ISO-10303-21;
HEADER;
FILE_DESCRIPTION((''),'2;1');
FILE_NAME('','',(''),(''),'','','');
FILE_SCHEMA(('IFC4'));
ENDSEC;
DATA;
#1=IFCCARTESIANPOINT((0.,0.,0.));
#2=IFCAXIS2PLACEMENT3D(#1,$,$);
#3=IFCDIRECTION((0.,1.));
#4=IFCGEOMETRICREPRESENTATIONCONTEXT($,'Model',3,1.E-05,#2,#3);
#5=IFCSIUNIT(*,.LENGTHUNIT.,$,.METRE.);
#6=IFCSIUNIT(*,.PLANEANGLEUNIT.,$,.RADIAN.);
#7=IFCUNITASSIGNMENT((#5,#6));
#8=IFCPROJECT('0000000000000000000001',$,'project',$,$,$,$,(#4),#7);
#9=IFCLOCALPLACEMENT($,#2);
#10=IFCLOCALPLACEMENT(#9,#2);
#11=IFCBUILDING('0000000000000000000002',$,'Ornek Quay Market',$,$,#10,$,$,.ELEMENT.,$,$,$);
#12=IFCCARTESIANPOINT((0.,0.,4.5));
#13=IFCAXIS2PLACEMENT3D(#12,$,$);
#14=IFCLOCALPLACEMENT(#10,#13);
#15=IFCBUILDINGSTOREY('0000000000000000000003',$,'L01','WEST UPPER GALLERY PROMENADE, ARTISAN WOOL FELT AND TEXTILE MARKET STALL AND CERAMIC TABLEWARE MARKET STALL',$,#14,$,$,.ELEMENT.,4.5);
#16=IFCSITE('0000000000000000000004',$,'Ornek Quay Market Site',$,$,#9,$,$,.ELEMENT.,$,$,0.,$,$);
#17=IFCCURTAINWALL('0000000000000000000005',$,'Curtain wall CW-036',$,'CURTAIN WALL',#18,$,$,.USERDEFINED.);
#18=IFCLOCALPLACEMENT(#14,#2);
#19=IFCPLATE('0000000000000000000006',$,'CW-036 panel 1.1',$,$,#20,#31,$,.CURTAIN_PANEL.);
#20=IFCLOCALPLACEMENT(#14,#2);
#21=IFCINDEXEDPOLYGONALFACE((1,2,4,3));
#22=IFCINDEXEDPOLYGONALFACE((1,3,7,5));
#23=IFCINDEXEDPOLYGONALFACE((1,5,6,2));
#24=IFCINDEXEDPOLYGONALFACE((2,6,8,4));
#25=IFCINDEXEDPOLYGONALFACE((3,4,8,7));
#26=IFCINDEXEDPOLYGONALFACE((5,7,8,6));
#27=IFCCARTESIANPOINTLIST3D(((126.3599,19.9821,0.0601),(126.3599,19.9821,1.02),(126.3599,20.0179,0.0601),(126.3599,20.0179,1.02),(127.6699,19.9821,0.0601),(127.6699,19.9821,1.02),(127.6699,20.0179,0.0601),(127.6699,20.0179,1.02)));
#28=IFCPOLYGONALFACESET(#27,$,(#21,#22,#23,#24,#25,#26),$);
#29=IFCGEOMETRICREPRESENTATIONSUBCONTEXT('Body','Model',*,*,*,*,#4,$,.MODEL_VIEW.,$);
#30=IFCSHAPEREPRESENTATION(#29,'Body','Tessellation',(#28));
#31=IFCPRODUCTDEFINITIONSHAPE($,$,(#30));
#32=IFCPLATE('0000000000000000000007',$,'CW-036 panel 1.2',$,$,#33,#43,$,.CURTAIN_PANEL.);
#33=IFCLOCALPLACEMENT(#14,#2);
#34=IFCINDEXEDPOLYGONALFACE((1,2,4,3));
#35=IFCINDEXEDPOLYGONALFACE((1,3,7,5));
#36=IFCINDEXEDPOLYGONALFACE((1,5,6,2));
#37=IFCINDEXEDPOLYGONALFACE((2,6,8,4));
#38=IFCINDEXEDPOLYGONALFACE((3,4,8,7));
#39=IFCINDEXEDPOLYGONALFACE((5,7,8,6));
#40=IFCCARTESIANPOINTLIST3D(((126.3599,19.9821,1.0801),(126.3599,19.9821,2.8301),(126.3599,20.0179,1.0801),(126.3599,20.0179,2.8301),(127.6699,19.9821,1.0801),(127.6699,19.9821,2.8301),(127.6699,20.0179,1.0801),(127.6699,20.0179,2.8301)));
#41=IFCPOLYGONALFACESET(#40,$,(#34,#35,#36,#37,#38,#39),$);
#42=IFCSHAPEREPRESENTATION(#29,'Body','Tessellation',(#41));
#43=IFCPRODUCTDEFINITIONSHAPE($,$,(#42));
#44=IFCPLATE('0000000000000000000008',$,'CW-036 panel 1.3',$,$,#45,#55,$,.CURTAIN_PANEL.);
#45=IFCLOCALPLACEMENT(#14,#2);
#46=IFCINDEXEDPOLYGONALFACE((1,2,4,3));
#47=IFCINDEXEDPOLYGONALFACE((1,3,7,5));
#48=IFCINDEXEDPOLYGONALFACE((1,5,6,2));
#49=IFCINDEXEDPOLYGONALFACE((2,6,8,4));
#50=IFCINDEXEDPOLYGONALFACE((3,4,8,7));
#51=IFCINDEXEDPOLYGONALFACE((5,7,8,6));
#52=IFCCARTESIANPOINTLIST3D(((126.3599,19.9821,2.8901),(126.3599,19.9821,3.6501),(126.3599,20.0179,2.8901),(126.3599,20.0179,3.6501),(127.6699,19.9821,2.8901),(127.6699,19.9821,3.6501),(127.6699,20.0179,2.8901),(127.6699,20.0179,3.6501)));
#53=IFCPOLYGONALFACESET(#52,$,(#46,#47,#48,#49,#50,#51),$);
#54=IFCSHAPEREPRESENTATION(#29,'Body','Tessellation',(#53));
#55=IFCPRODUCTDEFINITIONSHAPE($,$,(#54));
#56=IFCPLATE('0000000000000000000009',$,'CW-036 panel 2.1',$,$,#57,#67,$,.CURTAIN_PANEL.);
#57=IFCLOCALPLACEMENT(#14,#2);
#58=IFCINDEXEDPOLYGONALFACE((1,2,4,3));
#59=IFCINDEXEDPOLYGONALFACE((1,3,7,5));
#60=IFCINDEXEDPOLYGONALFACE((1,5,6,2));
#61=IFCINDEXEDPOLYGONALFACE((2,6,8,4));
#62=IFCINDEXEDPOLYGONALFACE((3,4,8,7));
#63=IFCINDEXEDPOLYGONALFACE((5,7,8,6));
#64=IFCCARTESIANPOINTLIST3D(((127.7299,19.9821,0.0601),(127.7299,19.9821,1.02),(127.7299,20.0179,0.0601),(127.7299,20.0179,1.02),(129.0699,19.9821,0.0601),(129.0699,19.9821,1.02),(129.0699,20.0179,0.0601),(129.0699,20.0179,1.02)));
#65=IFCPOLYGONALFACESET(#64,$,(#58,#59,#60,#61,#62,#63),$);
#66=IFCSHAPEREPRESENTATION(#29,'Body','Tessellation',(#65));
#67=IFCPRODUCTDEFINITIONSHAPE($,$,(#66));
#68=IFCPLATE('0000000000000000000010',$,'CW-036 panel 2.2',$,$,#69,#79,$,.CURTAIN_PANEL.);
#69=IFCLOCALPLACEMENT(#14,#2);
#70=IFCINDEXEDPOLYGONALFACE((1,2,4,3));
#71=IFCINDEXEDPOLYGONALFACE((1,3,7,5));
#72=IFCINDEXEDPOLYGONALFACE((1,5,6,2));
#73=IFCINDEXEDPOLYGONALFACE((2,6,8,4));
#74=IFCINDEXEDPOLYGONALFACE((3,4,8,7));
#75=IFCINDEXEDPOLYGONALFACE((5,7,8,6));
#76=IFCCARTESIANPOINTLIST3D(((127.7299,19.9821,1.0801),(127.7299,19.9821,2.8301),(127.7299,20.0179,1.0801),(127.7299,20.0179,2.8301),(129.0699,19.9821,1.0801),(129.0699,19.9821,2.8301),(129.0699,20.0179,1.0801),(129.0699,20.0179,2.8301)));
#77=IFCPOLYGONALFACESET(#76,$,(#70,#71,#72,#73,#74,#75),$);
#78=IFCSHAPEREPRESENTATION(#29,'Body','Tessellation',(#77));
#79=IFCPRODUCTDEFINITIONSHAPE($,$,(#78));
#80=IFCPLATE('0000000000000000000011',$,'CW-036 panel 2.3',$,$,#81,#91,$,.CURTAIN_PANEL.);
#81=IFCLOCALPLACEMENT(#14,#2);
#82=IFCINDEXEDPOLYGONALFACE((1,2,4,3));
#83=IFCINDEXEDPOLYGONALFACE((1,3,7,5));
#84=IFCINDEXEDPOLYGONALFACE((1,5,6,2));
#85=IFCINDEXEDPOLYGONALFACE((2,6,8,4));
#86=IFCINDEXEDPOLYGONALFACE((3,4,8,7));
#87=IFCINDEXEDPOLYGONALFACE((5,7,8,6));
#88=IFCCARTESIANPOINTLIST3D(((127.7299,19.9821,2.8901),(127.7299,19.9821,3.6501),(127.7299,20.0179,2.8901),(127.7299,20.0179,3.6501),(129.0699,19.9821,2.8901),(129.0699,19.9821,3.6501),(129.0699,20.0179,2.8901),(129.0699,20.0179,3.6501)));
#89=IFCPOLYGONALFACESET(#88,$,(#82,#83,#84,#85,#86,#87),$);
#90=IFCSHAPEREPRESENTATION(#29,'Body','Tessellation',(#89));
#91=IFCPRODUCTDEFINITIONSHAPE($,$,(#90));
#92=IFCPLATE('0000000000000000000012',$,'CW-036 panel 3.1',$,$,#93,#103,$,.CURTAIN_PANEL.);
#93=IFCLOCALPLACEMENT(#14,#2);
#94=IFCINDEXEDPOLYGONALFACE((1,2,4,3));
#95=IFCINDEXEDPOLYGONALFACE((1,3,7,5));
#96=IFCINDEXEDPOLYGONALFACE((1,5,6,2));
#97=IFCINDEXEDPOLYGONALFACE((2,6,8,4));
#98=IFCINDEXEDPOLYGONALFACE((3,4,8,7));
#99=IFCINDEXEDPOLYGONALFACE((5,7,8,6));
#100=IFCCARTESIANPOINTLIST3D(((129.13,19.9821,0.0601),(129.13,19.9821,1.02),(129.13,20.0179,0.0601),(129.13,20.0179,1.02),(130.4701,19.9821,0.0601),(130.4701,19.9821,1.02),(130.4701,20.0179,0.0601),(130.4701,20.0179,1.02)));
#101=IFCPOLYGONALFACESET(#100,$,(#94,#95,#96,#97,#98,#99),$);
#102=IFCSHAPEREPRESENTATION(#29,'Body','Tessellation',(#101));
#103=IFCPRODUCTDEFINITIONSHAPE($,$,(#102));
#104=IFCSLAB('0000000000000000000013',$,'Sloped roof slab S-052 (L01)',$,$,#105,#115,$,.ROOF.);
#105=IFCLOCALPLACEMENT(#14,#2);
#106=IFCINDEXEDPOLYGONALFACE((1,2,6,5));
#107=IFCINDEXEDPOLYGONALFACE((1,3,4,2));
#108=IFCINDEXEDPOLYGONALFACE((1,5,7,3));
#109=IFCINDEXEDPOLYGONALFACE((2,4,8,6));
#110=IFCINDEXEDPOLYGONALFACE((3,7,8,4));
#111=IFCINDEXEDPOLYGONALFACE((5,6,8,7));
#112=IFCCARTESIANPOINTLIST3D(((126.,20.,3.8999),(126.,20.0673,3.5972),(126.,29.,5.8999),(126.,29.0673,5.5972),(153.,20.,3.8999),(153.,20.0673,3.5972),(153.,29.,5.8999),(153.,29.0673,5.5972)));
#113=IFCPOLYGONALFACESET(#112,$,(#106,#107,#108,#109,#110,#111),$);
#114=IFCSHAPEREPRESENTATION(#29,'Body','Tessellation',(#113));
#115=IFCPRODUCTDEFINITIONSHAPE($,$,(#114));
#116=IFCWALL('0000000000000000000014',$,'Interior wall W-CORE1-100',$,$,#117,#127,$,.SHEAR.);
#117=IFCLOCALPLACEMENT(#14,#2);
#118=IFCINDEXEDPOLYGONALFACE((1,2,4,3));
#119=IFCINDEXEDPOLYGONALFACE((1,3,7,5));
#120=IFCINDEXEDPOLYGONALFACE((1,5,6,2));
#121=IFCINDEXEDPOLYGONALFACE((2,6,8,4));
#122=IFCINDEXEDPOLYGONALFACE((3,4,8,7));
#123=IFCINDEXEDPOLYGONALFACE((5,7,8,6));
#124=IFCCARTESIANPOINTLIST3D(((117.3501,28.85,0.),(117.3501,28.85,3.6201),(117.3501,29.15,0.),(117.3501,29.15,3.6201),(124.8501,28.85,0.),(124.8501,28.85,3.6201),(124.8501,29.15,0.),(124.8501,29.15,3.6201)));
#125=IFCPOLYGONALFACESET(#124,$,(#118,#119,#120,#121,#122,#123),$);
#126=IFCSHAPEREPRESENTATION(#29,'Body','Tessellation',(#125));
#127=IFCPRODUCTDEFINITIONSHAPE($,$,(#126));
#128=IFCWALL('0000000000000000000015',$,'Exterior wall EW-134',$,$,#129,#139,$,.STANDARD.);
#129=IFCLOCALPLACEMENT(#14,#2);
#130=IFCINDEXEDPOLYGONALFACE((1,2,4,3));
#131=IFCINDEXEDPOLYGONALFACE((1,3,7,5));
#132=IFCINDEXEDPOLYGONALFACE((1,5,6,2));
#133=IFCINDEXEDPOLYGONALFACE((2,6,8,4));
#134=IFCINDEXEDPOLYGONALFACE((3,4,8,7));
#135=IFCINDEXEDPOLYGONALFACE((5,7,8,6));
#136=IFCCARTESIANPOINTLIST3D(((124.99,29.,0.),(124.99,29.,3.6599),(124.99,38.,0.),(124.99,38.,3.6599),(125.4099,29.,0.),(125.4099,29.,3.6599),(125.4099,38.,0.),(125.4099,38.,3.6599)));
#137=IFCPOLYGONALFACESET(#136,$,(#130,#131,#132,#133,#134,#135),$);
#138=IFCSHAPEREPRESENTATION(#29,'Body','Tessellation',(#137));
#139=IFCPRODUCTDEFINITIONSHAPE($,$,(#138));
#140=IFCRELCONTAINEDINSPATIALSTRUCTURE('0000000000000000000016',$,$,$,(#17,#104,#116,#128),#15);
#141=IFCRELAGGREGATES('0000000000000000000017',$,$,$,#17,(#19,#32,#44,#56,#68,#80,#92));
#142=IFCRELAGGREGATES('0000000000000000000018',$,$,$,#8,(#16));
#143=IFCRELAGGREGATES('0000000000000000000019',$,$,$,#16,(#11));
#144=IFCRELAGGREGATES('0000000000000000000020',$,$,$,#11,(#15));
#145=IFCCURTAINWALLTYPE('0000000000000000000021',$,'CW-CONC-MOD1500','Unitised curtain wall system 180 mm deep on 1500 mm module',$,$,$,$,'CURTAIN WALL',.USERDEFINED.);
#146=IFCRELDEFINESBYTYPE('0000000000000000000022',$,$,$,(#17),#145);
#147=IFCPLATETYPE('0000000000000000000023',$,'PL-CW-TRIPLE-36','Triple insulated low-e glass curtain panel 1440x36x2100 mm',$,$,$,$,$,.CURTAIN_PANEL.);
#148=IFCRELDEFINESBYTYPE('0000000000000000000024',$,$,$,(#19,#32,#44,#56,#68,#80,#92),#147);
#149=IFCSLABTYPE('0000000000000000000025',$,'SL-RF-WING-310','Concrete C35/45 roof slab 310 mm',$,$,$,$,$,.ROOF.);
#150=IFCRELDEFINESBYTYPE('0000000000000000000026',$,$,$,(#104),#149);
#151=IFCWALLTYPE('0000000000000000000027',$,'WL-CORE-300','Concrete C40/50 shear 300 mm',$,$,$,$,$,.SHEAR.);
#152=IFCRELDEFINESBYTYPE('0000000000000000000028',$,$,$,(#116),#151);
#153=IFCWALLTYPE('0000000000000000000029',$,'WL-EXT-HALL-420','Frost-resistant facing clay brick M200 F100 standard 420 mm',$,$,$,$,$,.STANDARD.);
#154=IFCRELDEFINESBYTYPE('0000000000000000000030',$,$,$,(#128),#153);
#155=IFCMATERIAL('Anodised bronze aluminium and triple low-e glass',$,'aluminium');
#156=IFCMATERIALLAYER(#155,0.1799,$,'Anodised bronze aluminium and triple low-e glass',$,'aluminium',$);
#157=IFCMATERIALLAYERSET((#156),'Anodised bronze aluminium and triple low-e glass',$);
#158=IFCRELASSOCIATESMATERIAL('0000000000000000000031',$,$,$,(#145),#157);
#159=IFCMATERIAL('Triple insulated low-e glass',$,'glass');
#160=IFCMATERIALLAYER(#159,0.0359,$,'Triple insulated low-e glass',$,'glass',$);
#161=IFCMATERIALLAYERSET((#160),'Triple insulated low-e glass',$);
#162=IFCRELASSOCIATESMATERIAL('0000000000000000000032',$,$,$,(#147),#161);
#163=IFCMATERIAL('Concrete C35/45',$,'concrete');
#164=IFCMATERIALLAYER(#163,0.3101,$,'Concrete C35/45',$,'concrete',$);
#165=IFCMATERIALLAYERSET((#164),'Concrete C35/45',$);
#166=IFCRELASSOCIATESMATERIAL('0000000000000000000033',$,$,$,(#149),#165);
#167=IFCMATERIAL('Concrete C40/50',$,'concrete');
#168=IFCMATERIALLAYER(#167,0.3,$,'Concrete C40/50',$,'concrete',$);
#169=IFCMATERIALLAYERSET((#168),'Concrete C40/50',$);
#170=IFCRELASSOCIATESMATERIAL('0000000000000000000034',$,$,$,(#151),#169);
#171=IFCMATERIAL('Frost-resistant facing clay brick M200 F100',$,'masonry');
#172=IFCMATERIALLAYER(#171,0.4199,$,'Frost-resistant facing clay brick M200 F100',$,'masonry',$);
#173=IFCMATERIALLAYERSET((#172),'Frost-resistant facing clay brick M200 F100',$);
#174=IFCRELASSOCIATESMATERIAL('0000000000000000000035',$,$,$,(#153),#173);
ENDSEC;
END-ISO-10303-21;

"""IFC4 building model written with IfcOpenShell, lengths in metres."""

from ifc_helpers import new_model, si_unit, direction, frame, frame_2d, origin, origin_2d, place, context, subcontext, project, spatial, polyline, rectangle, outline, extrude, material, layer, layer_set, type_object, element, aggregate, save


model = new_model("IFC4")

# Units and contexts
model_context = context("Model", 3, precision=1e-05, world=origin(), true_north=direction((0.0, 1.0)))
body_context = subcontext(model_context, "Body", "Model", "MODEL_VIEW")
ifc_project = project(units=[si_unit("LENGTHUNIT", "METRE"), si_unit("PLANEANGLEUNIT", "RADIAN")], contexts=[model_context])

# Site, building, storey
site_placement = place(None, origin())
site = spatial("IfcSite", under=ifc_project, at=site_placement, Name="Ornek Quay Market Site", CompositionType="ELEMENT", RefElevation=0.0)
building_placement = place(site_placement, origin())
building = spatial("IfcBuilding", under=site, at=building_placement, Name="Ornek Quay Market", CompositionType="ELEMENT")
storey_placement = place(building_placement, frame((0.0, 0.0, 4.5)))
storey = spatial("IfcBuildingStorey", under=building, at=storey_placement, Name="L01", Description="WEST UPPER GALLERY PROMENADE, ARTISAN WOOL FELT AND TEXTILE MARKET STALL AND CERAMIC TABLEWARE MARKET STALL", CompositionType="ELEMENT", Elevation=4.5)

# Shared definitions
ifc_material_1 = material(Name="Concrete C40/50", Category="concrete")

# Shared definitions
ifc_material_2 = material(Name="Concrete C35/45", Category="concrete")

# Curtain wall
ifc_material_3 = material(Name="Anodised bronze aluminium and triple low-e glass", Category="aluminium")
ifc_layer_1 = layer(ifc_material_3, 0.1799, Name="Anodised bronze aluminium and triple low-e glass", Category="aluminium")
ifc_layer_set_1 = layer_set([ifc_layer_1], Name="Anodised bronze aluminium and triple low-e glass")
curtain_wall_type_1 = type_object("IfcCurtainWallType", Name="CW-CONC-MOD1500", Description="Unitised curtain wall system 180 mm deep on 1500 mm module", ElementType="CURTAIN WALL", PredefinedType="USERDEFINED", material=ifc_layer_set_1)
curtain_wall_1_placement = place(storey_placement, origin())
curtain_wall_1 = element("IfcCurtainWall", 1, at=curtain_wall_1_placement, inside=storey, type_object=curtain_wall_type_1, Name="Curtain wall CW-036", ObjectType="CURTAIN WALL", PredefinedType="USERDEFINED")

# Plates
ifc_material_4 = material(Name="Triple insulated low-e glass", Category="glass")
ifc_layer_2 = layer(ifc_material_4, 0.0359, Name="Triple insulated low-e glass", Category="glass")
ifc_layer_set_2 = layer_set([ifc_layer_2], Name="Triple insulated low-e glass")
plate_type = type_object("IfcPlateType", Name="PL-CW-TRIPLE-36", Description="Triple insulated low-e glass curtain panel 1440x36x2100 mm", PredefinedType="CURTAIN_PANEL", material=ifc_layer_set_2)
plate_1_placement = place(storey_placement, frame((127.0149, 20.0, 0.0601), z_axis=(0.0, 0.0, 1.0), x_axis=(1.0, 0.0, 0.0)))
plate_1 = element("IfcPlate", 2, at=plate_1_placement, type_object=plate_type, Name="CW-036 panel 1.1", PredefinedType="CURTAIN_PANEL", context=body_context, shape_type="SweptSolid", body=[
    extrude(rectangle(XDim=1.3101, YDim=0.0359, at=origin_2d()), origin(), (0.0, 0.0, 1.0), 0.96),
])
plate_2_placement = place(storey_placement, frame((127.0149, 20.0, 1.0801), z_axis=(0.0, 0.0, 1.0), x_axis=(1.0, 0.0, 0.0)))
plate_2 = element("IfcPlate", 3, at=plate_2_placement, type_object=plate_type, Name="CW-036 panel 1.2", PredefinedType="CURTAIN_PANEL", context=body_context, shape_type="SweptSolid", body=[
    extrude(rectangle(XDim=1.3101, YDim=0.0359, at=origin_2d()), origin(), (0.0, 0.0, 1.0), 1.75),
])
plate_3_placement = place(storey_placement, frame((127.0149, 20.0, 2.8901), z_axis=(0.0, 0.0, 1.0), x_axis=(1.0, 0.0, 0.0)))
plate_3 = element("IfcPlate", 4, at=plate_3_placement, type_object=plate_type, Name="CW-036 panel 1.3", PredefinedType="CURTAIN_PANEL", context=body_context, shape_type="SweptSolid", body=[
    extrude(rectangle(XDim=1.3101, YDim=0.0359, at=origin_2d()), origin(), (0.0, 0.0, 1.0), 0.76),
])
plate_4_placement = place(storey_placement, frame((128.3999, 20.0, 0.0601), z_axis=(0.0, 0.0, 1.0), x_axis=(1.0, 0.0, 0.0)))
plate_4 = element("IfcPlate", 5, at=plate_4_placement, type_object=plate_type, Name="CW-036 panel 2.1", PredefinedType="CURTAIN_PANEL", context=body_context, shape_type="SweptSolid", body=[
    extrude(rectangle(XDim=1.3401, YDim=0.0359, at=origin_2d()), origin(), (0.0, 0.0, 1.0), 0.96),
])
plate_5_placement = place(storey_placement, frame((128.3999, 20.0, 1.0801), z_axis=(0.0, 0.0, 1.0), x_axis=(1.0, 0.0, 0.0)))
plate_5 = element("IfcPlate", 6, at=plate_5_placement, type_object=plate_type, Name="CW-036 panel 2.2", PredefinedType="CURTAIN_PANEL", context=body_context, shape_type="SweptSolid", body=[
    extrude(rectangle(XDim=1.3401, YDim=0.0359, at=origin_2d()), origin(), (0.0, 0.0, 1.0), 1.75),
])
plate_6_placement = place(storey_placement, frame((128.3999, 20.0, 2.8901), z_axis=(0.0, 0.0, 1.0), x_axis=(1.0, 0.0, 0.0)))
plate_6 = element("IfcPlate", 7, at=plate_6_placement, type_object=plate_type, Name="CW-036 panel 2.3", PredefinedType="CURTAIN_PANEL", context=body_context, shape_type="SweptSolid", body=[
    extrude(rectangle(XDim=1.3401, YDim=0.0359, at=origin_2d()), origin(), (0.0, 0.0, 1.0), 0.76),
])
plate_7_placement = place(storey_placement, frame((129.8, 20.0, 0.0601), z_axis=(0.0, 0.0, 1.0), x_axis=(1.0, 0.0, 0.0)))
plate_7 = element("IfcPlate", 8, at=plate_7_placement, type_object=plate_type, Name="CW-036 panel 3.1", PredefinedType="CURTAIN_PANEL", context=body_context, shape_type="SweptSolid", body=[
    extrude(rectangle(XDim=1.3401, YDim=0.0359, at=origin_2d()), origin(), (0.0, 0.0, 1.0), 0.96),
])
aggregate(curtain_wall_1, [plate_1, plate_2, plate_3, plate_4, plate_5, plate_6, plate_7])

# Slab
ifc_layer_3 = layer(ifc_material_2, 0.3101, Name="Concrete C35/45", Category="concrete")
ifc_layer_set_3 = layer_set([ifc_layer_3], Name="Concrete C35/45")
slab_type = type_object("IfcSlabType", Name="SL-RF-WING-310", Description="Concrete C35/45 roof slab 310 mm", PredefinedType="ROOF", material=ifc_layer_set_3)
slab_placement = place(storey_placement, frame((126.0, 20.0, 3.8999), z_axis=(0.0, -0.21693, 0.976187), x_axis=(1.0, 0.0, 0.0)))
element("IfcSlab", 9, at=slab_placement, inside=storey, type_object=slab_type, Name="Sloped roof slab S-052 (L01)", PredefinedType="ROOF", context=body_context, shape_type="SweptSolid", body=[
    extrude(outline(polyline([(0.0, 0.0), (27.0, 0.0), (27.0, 9.2195), (0.0, 9.2195), (0.0, 0.0)])), origin(), (0.0, 0.0, -1.0), 0.3101),
])

# Walls
ifc_layer_4 = layer(ifc_material_1, 0.3, Name="Concrete C40/50", Category="concrete")
ifc_layer_set_4 = layer_set([ifc_layer_4], Name="Concrete C40/50")
wall_type_1 = type_object("IfcWallType", Name="WL-CORE-300", Description="Concrete C40/50 shear 300 mm", PredefinedType="SHEAR", material=ifc_layer_set_4)
wall_1_placement = place(storey_placement, frame((117.3501, 29.0, 0.0), z_axis=(0.0, 0.0, 1.0), x_axis=(1.0, 0.0, 0.0)))
element("IfcWall", 10, at=wall_1_placement, inside=storey, type_object=wall_type_1, Name="Interior wall W-CORE1-100", PredefinedType="SHEAR", context=body_context, shape_type="SweptSolid", body=[
    extrude(rectangle(XDim=7.5, YDim=0.3, at=frame_2d((3.75, 0.0))), origin(), (0.0, 0.0, 1.0), 3.6201),
])
ifc_material_5 = material(Name="Frost-resistant facing clay brick M200 F100", Category="masonry")
ifc_layer_5 = layer(ifc_material_5, 0.4199, Name="Frost-resistant facing clay brick M200 F100", Category="masonry")
ifc_layer_set_5 = layer_set([ifc_layer_5], Name="Frost-resistant facing clay brick M200 F100")
wall_type_2 = type_object("IfcWallType", Name="WL-EXT-HALL-420", Description="Frost-resistant facing clay brick M200 F100 standard 420 mm", PredefinedType="STANDARD", material=ifc_layer_set_5)
wall_2_placement = place(storey_placement, frame((125.2, 29.0, 0.0), z_axis=(0.0, 0.0, 1.0), x_axis=(0.0, 1.0, 0.0)))
element("IfcWall", 11, at=wall_2_placement, inside=storey, type_object=wall_type_2, Name="Exterior wall EW-134", PredefinedType="STANDARD", context=body_context, shape_type="SweptSolid", body=[
    extrude(rectangle(XDim=9.0, YDim=0.4199, at=frame_2d((4.5, 0.0))), origin(), (0.0, 0.0, 1.0), 3.6599),
])

save(model, "model.ifc")
